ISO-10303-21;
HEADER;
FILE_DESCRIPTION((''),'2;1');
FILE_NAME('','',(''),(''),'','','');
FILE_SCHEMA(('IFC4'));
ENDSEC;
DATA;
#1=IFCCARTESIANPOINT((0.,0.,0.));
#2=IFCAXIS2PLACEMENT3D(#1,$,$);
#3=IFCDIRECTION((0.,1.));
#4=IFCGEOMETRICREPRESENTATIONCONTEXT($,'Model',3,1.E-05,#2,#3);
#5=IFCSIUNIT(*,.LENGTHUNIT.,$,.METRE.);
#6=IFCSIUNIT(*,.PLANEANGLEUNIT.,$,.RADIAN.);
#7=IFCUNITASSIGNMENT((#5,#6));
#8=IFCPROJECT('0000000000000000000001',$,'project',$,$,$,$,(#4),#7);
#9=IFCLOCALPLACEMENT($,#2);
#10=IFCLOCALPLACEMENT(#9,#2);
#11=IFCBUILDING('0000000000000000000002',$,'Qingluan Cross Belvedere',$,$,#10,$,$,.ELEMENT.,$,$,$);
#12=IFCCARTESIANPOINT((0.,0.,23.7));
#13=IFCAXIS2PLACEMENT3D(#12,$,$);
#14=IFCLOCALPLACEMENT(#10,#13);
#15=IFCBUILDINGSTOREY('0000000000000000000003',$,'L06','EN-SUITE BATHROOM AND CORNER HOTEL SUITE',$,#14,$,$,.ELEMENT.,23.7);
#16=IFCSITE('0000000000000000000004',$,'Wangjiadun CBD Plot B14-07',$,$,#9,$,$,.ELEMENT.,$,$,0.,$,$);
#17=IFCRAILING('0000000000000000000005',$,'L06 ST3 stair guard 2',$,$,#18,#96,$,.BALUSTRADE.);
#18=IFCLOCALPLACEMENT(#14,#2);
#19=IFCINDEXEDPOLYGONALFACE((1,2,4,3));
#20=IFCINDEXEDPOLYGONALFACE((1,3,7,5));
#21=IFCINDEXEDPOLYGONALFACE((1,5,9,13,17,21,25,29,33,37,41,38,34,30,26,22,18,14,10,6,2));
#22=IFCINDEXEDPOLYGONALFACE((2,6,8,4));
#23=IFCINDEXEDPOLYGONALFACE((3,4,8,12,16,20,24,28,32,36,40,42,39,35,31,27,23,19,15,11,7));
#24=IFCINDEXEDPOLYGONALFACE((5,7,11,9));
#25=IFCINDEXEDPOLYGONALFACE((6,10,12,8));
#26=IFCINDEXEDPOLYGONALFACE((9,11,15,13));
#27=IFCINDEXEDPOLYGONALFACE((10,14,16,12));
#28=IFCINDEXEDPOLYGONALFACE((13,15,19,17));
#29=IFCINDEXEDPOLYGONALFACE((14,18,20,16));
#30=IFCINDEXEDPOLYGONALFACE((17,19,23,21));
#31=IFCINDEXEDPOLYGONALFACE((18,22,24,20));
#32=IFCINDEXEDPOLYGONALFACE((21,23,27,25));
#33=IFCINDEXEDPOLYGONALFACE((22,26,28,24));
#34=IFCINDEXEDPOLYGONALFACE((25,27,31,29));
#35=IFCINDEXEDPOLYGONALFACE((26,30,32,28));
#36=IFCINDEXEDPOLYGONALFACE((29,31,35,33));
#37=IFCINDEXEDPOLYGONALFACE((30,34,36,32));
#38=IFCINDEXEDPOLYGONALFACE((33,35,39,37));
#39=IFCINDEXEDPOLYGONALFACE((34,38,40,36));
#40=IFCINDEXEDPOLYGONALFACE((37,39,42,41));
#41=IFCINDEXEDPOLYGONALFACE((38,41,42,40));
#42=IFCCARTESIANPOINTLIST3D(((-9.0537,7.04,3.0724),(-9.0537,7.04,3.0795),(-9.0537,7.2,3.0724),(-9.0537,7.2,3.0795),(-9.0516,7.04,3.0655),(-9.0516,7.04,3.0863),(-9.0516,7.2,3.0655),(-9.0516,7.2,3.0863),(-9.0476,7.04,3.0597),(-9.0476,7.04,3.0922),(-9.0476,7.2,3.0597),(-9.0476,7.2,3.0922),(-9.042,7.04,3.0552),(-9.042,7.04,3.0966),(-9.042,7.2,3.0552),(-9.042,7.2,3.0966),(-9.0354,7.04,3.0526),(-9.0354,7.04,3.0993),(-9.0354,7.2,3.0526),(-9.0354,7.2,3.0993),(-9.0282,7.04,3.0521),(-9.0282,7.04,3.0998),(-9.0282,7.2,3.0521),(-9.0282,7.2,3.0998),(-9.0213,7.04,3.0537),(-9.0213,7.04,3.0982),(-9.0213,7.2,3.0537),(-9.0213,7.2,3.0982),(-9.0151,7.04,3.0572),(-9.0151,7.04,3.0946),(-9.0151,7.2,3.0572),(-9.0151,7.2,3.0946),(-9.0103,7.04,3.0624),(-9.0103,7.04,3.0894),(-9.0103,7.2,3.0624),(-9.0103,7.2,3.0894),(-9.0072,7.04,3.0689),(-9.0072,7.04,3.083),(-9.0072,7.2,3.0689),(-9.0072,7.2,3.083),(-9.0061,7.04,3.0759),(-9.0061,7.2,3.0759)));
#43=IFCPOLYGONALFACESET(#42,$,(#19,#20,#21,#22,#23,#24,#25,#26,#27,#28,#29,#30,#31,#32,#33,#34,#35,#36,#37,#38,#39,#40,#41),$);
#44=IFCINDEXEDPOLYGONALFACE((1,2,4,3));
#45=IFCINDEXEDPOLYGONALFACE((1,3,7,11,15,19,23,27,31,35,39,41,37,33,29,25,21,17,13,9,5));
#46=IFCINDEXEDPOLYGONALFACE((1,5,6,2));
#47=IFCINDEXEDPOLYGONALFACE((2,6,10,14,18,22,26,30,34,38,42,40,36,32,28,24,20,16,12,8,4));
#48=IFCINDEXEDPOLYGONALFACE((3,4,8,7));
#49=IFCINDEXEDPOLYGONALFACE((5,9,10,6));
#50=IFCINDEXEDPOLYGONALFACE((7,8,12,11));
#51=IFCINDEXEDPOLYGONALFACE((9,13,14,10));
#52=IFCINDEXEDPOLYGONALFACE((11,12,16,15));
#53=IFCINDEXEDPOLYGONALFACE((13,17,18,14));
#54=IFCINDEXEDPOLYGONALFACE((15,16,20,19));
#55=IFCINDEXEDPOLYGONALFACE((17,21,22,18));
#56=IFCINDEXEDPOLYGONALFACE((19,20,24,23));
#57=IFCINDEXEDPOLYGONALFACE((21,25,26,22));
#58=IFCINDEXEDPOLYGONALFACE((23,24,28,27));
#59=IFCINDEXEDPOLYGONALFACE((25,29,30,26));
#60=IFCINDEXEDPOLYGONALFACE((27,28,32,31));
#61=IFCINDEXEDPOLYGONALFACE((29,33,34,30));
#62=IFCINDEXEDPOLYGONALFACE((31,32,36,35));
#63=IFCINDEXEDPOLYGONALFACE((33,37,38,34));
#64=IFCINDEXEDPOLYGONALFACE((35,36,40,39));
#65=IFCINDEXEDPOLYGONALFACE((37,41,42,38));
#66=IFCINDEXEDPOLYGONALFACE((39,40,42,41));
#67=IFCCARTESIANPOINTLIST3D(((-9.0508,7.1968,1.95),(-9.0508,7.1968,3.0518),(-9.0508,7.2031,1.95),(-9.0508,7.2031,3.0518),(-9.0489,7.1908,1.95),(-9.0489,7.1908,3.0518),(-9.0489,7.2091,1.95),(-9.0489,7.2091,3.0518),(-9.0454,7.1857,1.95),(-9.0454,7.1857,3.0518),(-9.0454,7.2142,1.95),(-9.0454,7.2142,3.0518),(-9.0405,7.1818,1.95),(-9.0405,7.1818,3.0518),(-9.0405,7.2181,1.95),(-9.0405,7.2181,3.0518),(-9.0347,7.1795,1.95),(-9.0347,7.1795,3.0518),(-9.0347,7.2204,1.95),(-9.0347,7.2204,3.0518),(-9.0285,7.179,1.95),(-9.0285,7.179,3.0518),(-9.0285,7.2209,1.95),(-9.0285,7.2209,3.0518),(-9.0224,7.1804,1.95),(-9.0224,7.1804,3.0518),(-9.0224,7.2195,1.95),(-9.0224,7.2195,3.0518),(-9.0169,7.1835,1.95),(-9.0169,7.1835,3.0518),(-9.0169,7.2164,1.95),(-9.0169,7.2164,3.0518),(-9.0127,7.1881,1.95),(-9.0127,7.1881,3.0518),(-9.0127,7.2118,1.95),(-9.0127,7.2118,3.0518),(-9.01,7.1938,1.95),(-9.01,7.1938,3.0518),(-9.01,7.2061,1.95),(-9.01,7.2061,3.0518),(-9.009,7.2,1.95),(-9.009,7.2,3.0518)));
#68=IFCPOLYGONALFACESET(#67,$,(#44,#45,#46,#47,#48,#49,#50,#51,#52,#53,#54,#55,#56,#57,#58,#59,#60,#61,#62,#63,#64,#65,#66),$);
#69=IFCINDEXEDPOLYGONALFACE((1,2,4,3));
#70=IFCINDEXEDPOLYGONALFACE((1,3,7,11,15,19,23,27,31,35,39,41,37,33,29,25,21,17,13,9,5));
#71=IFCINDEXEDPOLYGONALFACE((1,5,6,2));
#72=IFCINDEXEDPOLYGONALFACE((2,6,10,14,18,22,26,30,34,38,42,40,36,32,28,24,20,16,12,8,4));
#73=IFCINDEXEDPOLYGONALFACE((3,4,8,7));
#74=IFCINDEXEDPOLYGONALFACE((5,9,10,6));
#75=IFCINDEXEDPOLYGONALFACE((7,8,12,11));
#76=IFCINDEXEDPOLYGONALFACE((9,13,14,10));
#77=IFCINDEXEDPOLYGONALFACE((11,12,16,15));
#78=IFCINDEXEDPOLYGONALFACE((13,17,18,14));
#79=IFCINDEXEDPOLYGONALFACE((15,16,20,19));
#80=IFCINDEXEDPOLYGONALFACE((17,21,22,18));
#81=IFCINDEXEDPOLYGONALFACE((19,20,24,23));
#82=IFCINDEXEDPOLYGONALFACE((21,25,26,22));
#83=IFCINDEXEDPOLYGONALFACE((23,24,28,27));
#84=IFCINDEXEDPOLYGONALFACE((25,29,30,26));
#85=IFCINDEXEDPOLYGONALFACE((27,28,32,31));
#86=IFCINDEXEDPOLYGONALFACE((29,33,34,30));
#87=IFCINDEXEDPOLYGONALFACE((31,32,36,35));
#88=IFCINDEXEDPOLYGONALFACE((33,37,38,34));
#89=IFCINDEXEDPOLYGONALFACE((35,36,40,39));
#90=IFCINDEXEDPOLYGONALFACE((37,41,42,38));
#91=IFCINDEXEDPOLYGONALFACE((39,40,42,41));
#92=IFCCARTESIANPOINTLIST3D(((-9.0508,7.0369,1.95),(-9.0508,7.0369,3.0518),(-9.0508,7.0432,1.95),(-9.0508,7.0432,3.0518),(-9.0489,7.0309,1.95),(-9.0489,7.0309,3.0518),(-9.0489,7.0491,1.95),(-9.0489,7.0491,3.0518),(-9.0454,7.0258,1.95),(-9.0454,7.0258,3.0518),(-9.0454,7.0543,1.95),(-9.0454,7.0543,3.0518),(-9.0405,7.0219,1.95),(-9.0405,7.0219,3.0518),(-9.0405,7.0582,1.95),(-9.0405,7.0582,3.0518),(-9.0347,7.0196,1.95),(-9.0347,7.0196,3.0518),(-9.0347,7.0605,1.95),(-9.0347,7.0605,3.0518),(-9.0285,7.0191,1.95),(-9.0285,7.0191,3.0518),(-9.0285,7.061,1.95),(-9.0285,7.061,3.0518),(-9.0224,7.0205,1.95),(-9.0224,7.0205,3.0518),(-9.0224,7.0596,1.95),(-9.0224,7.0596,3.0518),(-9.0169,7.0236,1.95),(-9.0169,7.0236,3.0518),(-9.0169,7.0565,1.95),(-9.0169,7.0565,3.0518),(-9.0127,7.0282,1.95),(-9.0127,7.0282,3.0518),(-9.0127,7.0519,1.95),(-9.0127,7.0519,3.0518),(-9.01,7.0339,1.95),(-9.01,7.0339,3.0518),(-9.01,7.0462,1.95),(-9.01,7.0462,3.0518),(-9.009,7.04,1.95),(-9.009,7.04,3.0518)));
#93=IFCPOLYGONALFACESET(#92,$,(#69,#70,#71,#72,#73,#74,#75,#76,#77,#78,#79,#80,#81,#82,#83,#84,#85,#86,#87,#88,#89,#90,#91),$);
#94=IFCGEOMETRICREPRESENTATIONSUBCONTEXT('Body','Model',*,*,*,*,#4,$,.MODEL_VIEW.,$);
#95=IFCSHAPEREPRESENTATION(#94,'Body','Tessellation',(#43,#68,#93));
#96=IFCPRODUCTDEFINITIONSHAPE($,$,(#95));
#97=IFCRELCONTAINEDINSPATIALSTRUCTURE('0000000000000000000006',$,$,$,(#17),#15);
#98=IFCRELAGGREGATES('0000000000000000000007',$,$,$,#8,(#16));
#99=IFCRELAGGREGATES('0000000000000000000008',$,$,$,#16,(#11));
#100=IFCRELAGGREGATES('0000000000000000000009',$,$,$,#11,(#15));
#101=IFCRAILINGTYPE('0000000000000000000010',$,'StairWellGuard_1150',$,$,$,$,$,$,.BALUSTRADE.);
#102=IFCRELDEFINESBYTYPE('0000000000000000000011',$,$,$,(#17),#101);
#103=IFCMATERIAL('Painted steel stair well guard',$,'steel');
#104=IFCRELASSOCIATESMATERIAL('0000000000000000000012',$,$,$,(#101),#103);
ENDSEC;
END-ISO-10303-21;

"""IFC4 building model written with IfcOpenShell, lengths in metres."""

from ifc_helpers import new_model, si_unit, direction, frame, origin, origin_2d, place, context, subcontext, project, spatial, circle, extrude, material, type_object, element, save


model = new_model("IFC4")

# Units and contexts
model_context = context("Model", 3, precision=1e-05, world=origin(), true_north=direction((0.0, 1.0)))
body_context = subcontext(model_context, "Body", "Model", "MODEL_VIEW")
ifc_project = project(units=[si_unit("LENGTHUNIT", "METRE"), si_unit("PLANEANGLEUNIT", "RADIAN")], contexts=[model_context])

# Site, building, storey
site_placement = place(None, origin())
site = spatial("IfcSite", under=ifc_project, at=site_placement, Name="Wangjiadun CBD Plot B14-07", CompositionType="ELEMENT", RefElevation=0.0)
building_placement = place(site_placement, origin())
building = spatial("IfcBuilding", under=site, at=building_placement, Name="Qingluan Cross Belvedere", CompositionType="ELEMENT")
storey_placement = place(building_placement, frame((0.0, 0.0, 23.7)))
storey = spatial("IfcBuildingStorey", under=building, at=storey_placement, Name="L06", Description="EN-SUITE BATHROOM AND CORNER HOTEL SUITE", CompositionType="ELEMENT", Elevation=23.7)

# Railing
ifc_material_1 = material(Name="Painted steel stair well guard", Category="steel")
railing_type_1 = type_object("IfcRailingType", Name="StairWellGuard_1150", PredefinedType="BALUSTRADE", material=ifc_material_1)
railing_1_placement = place(storey_placement, frame((-9.03, 7.2, 1.95)))
element("IfcRailing", 1, at=railing_1_placement, inside=storey, type_object=railing_type_1, Name="L06 ST3 stair guard 2", PredefinedType="BALUSTRADE", context=body_context, shape_type="SweptSolid", body=[
    extrude(circle(Radius=0.0239, at=origin_2d()), frame((0.0, 0.0, 1.126), z_axis=(0.0, -1.0, 0.0), x_axis=(1.0, 0.0, 0.0)), (0.0, 0.0, 1.0), 0.1599),
    extrude(circle(Radius=0.021, at=origin_2d()), origin(), (0.0, 0.0, 1.0), 1.1018),
    extrude(circle(Radius=0.021, at=origin_2d()), frame((0.0, -0.1599, 0.0)), (0.0, 0.0, 1.0), 1.1018),
])

save(model, "model.ifc")
